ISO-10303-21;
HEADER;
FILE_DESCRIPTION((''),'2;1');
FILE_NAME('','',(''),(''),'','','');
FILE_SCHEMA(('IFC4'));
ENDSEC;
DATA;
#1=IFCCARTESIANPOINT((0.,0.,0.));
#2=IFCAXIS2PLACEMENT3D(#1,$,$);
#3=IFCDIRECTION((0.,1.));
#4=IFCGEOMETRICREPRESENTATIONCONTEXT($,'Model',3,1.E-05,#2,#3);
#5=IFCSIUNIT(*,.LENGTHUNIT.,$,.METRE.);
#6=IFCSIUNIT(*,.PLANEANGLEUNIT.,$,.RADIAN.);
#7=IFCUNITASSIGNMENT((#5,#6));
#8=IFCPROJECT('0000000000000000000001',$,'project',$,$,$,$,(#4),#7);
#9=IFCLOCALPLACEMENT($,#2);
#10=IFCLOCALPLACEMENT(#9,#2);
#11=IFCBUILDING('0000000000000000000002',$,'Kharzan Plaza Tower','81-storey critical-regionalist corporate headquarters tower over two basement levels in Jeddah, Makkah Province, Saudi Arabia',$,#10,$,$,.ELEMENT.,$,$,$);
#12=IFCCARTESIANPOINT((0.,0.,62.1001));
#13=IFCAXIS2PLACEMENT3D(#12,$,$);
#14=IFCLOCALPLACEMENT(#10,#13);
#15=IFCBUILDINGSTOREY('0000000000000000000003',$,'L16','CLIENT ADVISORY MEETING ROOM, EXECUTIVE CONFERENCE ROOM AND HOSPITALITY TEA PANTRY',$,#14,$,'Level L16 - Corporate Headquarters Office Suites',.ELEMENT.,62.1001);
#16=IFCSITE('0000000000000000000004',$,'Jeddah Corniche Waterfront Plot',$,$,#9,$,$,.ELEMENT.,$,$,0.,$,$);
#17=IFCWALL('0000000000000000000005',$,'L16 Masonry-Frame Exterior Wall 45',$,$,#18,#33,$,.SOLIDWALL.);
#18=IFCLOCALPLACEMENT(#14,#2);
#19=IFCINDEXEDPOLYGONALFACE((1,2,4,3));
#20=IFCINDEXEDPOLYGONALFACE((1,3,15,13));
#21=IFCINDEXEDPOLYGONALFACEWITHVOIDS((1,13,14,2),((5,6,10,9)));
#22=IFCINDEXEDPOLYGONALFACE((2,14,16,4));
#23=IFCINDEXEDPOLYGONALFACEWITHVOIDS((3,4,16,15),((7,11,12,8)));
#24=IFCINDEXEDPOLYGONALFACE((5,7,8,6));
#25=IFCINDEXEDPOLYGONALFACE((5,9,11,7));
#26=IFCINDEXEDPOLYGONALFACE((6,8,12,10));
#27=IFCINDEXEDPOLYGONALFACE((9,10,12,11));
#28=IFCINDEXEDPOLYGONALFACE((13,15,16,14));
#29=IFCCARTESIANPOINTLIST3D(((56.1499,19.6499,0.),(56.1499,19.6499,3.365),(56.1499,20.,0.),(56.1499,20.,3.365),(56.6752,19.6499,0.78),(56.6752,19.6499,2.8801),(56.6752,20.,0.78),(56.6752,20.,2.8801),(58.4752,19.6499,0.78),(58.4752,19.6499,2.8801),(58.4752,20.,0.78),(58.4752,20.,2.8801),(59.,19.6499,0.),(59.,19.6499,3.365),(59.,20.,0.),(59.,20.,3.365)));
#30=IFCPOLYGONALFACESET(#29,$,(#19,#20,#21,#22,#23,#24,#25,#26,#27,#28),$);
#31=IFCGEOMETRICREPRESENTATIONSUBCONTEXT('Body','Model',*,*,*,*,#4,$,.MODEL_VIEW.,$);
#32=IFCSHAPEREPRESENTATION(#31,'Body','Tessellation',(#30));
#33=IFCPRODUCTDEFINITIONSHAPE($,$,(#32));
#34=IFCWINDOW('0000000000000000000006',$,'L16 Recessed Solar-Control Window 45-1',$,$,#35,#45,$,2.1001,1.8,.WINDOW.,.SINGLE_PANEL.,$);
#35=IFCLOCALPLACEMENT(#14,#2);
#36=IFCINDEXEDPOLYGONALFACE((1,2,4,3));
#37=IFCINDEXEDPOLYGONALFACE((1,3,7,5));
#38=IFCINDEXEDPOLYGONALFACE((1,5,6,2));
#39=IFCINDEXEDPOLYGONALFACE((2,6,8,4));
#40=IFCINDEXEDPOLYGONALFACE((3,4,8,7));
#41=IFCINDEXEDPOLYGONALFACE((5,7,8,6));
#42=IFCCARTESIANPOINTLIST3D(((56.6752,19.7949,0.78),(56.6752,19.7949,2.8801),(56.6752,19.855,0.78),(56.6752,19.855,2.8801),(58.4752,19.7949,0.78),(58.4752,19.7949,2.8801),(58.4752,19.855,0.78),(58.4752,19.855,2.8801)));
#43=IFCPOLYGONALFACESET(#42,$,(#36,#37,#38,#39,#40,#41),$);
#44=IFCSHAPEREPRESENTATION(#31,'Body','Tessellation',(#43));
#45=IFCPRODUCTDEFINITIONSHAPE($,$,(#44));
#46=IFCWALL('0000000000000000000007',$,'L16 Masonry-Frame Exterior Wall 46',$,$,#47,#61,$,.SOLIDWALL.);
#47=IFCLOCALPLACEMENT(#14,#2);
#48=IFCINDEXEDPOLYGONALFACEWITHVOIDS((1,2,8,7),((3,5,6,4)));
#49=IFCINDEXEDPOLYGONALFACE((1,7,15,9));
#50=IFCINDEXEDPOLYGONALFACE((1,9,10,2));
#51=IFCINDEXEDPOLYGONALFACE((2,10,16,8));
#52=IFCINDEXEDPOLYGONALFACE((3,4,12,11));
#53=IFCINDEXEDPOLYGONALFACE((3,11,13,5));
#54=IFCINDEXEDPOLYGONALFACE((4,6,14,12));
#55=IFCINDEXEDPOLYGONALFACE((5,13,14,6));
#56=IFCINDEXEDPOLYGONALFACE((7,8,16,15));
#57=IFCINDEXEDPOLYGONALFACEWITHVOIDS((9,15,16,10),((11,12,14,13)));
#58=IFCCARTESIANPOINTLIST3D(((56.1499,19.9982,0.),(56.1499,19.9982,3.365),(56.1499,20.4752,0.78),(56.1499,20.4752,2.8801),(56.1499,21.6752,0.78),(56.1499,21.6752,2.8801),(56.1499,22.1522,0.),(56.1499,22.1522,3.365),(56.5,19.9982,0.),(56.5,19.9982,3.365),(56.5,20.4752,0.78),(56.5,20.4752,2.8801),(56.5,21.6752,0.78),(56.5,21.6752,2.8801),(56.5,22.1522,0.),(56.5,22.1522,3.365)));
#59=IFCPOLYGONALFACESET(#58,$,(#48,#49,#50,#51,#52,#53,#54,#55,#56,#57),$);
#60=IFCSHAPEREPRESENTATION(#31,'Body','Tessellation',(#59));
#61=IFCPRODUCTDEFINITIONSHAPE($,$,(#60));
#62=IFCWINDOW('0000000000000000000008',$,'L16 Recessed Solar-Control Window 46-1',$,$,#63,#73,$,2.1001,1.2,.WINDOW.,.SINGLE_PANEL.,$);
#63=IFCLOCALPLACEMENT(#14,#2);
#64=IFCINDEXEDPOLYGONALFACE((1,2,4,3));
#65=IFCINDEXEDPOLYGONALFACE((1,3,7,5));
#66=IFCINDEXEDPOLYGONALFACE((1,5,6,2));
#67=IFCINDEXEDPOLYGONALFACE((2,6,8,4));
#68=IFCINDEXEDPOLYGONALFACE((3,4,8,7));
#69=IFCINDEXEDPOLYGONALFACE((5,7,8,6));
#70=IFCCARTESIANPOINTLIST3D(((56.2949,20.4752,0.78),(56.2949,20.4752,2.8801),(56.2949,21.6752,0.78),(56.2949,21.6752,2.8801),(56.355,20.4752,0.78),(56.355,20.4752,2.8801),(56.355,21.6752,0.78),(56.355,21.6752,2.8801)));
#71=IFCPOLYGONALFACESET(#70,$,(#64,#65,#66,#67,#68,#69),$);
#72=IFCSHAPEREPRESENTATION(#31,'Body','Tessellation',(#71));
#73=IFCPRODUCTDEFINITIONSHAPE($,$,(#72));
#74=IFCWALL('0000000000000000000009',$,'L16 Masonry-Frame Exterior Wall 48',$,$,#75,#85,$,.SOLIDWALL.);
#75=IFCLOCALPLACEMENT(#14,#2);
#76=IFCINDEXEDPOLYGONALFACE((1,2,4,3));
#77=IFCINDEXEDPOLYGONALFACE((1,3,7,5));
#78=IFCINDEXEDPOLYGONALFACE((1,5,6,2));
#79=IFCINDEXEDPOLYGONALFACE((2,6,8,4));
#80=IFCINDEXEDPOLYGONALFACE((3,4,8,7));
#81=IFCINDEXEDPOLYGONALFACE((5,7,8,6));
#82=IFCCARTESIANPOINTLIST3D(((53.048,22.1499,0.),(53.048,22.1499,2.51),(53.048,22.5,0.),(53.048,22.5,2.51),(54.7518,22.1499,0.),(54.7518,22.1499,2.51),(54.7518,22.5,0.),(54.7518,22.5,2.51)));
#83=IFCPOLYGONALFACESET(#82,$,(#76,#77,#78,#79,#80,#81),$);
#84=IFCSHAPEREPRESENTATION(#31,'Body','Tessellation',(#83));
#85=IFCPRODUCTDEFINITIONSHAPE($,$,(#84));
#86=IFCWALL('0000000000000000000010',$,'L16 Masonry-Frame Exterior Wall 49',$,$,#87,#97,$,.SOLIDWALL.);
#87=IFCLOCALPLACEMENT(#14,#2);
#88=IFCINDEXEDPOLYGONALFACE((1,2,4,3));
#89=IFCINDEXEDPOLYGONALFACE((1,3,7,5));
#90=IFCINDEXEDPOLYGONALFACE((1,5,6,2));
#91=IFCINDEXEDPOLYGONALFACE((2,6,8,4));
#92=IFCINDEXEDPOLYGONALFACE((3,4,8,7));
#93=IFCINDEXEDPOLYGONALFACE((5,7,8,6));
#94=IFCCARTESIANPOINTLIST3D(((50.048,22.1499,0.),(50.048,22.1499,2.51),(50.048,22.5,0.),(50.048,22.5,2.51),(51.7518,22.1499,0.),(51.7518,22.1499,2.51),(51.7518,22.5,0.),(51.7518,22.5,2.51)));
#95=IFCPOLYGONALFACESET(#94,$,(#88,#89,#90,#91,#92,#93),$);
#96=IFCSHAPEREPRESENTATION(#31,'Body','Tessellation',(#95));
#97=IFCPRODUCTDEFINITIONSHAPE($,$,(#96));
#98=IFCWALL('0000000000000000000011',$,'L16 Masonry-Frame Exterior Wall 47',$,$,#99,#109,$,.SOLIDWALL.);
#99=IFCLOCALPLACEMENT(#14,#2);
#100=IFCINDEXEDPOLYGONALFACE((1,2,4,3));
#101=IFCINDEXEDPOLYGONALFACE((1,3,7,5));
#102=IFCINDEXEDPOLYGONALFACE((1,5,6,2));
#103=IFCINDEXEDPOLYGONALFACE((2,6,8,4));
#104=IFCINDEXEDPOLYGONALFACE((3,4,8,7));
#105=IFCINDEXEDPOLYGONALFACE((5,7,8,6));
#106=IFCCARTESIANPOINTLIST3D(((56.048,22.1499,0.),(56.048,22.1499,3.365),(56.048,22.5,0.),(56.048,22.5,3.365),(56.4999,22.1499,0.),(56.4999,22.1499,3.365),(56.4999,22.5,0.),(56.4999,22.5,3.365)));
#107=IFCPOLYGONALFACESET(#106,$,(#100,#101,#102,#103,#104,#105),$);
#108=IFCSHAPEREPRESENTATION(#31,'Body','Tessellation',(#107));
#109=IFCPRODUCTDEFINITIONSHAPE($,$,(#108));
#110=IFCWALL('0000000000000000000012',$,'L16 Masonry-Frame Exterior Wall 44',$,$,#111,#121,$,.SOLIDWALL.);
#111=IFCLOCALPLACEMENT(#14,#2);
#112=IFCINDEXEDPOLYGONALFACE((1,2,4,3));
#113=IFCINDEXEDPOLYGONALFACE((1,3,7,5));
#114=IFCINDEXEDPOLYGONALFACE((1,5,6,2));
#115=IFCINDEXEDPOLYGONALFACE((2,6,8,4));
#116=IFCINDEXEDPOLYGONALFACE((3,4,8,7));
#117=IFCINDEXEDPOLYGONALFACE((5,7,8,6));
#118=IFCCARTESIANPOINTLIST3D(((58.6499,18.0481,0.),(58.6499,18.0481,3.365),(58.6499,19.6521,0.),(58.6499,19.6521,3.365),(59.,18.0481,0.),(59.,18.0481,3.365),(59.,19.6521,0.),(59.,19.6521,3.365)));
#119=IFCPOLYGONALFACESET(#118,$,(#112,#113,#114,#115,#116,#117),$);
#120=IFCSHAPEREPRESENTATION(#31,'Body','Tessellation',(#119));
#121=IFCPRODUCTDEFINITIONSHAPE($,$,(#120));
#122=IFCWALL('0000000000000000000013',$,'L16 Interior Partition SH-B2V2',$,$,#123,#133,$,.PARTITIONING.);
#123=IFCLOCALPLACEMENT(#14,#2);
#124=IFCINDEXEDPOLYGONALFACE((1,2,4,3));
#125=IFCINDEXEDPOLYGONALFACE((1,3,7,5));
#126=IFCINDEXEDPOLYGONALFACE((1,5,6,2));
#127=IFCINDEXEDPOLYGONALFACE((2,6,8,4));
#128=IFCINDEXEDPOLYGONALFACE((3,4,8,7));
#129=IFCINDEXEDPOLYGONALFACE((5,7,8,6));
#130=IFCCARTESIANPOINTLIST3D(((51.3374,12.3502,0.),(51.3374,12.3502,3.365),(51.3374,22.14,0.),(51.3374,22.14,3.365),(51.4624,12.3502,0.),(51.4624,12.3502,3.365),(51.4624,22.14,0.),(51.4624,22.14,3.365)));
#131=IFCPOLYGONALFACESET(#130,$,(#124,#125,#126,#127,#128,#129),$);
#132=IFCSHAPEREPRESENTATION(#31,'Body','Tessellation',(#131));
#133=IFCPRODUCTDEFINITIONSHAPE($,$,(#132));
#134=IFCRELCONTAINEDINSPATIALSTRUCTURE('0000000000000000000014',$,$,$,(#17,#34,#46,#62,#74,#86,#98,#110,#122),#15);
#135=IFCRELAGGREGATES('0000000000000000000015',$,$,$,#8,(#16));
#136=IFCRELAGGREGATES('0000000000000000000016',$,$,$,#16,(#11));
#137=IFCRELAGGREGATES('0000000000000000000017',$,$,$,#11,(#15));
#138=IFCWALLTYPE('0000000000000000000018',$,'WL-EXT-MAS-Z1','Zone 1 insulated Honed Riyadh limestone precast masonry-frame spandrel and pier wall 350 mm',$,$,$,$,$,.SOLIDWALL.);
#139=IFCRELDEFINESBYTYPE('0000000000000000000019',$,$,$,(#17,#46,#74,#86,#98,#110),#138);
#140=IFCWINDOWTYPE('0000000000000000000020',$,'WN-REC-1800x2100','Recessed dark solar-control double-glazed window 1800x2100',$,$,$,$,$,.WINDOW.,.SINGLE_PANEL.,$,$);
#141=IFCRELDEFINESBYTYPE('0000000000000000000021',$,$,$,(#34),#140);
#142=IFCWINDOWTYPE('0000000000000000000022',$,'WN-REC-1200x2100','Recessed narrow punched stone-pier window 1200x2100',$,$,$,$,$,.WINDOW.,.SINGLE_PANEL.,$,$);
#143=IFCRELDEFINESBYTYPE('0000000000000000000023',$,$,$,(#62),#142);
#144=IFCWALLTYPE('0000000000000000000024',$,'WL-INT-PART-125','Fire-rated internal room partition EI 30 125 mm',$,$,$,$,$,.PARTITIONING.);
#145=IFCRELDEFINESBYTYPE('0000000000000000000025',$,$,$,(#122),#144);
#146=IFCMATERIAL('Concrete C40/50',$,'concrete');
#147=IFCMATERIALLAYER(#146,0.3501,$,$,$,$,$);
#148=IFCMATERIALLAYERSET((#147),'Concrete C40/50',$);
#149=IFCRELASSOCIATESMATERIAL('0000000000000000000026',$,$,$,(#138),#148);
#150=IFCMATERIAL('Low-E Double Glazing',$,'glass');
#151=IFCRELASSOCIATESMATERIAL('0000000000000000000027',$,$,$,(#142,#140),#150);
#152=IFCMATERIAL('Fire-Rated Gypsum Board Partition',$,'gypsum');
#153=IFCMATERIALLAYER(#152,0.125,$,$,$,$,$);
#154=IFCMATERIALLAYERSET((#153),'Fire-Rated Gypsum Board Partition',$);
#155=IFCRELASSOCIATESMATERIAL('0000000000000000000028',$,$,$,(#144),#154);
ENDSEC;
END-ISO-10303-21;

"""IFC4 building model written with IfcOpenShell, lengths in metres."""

from ifc_helpers import new_model, si_unit, direction, frame, frame_2d, origin, place, context, subcontext, project, spatial, rectangle, extrude, source, transform, mapped, material, layer, layer_set, type_object, element, fill, save


model = new_model("IFC4")

# Units and contexts
model_context = context("Model", 3, precision=1e-05, world=origin(), true_north=direction((0.0, 1.0)))
body_context = subcontext(model_context, "Body", "Model", "MODEL_VIEW")
ifc_project = project(units=[si_unit("LENGTHUNIT", "METRE"), si_unit("PLANEANGLEUNIT", "RADIAN")], contexts=[model_context])

# Site, building, storey
site_placement = place(None, origin())
site = spatial("IfcSite", under=ifc_project, at=site_placement, Name="Jeddah Corniche Waterfront Plot", CompositionType="ELEMENT", RefElevation=0.0)
building_placement = place(site_placement, origin())
building = spatial("IfcBuilding", under=site, at=building_placement, Name="Kharzan Plaza Tower", Description="81-storey critical-regionalist corporate headquarters tower over two basement levels in Jeddah, Makkah Province, Saudi Arabia", CompositionType="ELEMENT")
storey_placement = place(building_placement, frame((0.0, 0.0, 62.1001)))
storey = spatial("IfcBuildingStorey", under=building, at=storey_placement, Name="L16", Description="CLIENT ADVISORY MEETING ROOM, EXECUTIVE CONFERENCE ROOM AND HOSPITALITY TEA PANTRY", LongName="Level L16 - Corporate Headquarters Office Suites", CompositionType="ELEMENT", Elevation=62.1001)

# Walls, openings, windows
ifc_material_1 = material(Name="Concrete C40/50", Category="concrete")
ifc_layer_1 = layer(ifc_material_1, 0.3501)
ifc_layer_set_1 = layer_set([ifc_layer_1], Name="Concrete C40/50")
wall_type_1 = type_object("IfcWallType", Name="WL-EXT-MAS-Z1", Description="Zone 1 insulated Honed Riyadh limestone precast masonry-frame spandrel and pier wall 350 mm", PredefinedType="SOLIDWALL", material=ifc_layer_set_1)
ifc_material_2 = material(Name="Low-E Double Glazing", Category="glass")
window_type_1 = type_object("IfcWindowType", Name="WN-REC-1200x2100", Description="Recessed narrow punched stone-pier window 1200x2100", PartitioningType="SINGLE_PANEL", PredefinedType="WINDOW", material=ifc_material_2)
wall_1_placement = place(storey_placement, frame((59.0, 19.825, 0.0), z_axis=(0.0, 0.0, 1.0), x_axis=(-1.0, 0.0, 0.0)))
wall_1 = element("IfcWall", 1, at=wall_1_placement, inside=storey, type_object=wall_type_1, Name="L16 Masonry-Frame Exterior Wall 45", PredefinedType="SOLIDWALL", context=body_context, shape_type="SweptSolid", body=[
    extrude(rectangle(XDim=2.8501, YDim=0.3501, at=frame_2d((1.425, 0.0))), origin(), (0.0, 0.0, 1.0), 3.365),
])
opening_1_placement = place(wall_1_placement, frame((0.5249, 0.0, 0.78)))
opening_1 = element("IfcOpeningElement", 2, at=opening_1_placement, cuts=wall_1, PredefinedType="OPENING", context=body_context, shape_type="SweptSolid", body=[
    extrude(rectangle(XDim=1.8, YDim=2.1001, at=frame_2d((0.8999, 1.05))), frame((0.0, 0.1851, 0.0), z_axis=(0.0, -1.0, 0.0), x_axis=(1.0, 0.0, 0.0)), (0.0, 0.0, 1.0), 0.3701),
])
window_type_2 = type_object("IfcWindowType", Name="WN-REC-1800x2100", Description="Recessed dark solar-control double-glazed window 1800x2100", PartitioningType="SINGLE_PANEL", PredefinedType="WINDOW", material=ifc_material_2)
shared_shape_1 = source(origin(), body_context, "Body", "SweptSolid", [
    extrude(rectangle(XDim=1.8, YDim=2.1001, at=frame_2d((0.8999, 1.05))), frame((0.0, 0.03, 0.0), z_axis=(0.0, -1.0, 0.0), x_axis=(1.0, 0.0, 0.0)), (0.0, 0.0, 1.0), 0.0601),
])
window_1_placement = place(opening_1_placement, origin())
window_1 = element("IfcWindow", 3, at=window_1_placement, inside=storey, type_object=window_type_2, Name="L16 Recessed Solar-Control Window 45-1", OverallHeight=2.1001, OverallWidth=1.8, PartitioningType="SINGLE_PANEL", PredefinedType="WINDOW", context=body_context, shape_type="MappedRepresentation", body=[
    mapped(shared_shape_1, transform((0.0, 0.0, 0.0), x_axis=(1.0, 0.0, 0.0), y_axis=(0.0, 1.0, 0.0), z_axis=(0.0, 0.0, 1.0))),
])
fill(opening_1, window_1)
wall_2_placement = place(storey_placement, frame((56.325, 19.998, 0.0), z_axis=(0.0, 0.0, 1.0), x_axis=(0.0, 1.0, 0.0)))
wall_2 = element("IfcWall", 4, at=wall_2_placement, inside=storey, type_object=wall_type_1, Name="L16 Masonry-Frame Exterior Wall 46", PredefinedType="SOLIDWALL", context=body_context, shape_type="SweptSolid", body=[
    extrude(rectangle(XDim=2.1541, YDim=0.3501, at=frame_2d((1.0771, 0.0))), origin(), (0.0, 0.0, 1.0), 3.365),
])
opening_2_placement = place(wall_2_placement, frame((0.4771, 0.0, 0.78)))
opening_2 = element("IfcOpeningElement", 5, at=opening_2_placement, cuts=wall_2, PredefinedType="OPENING", context=body_context, shape_type="SweptSolid", body=[
    extrude(rectangle(XDim=1.2, YDim=2.1001, at=frame_2d((0.6001, 1.05))), frame((0.0, 0.1851, 0.0), z_axis=(0.0, -1.0, 0.0), x_axis=(1.0, 0.0, 0.0)), (0.0, 0.0, 1.0), 0.3701),
])
shared_shape_2 = source(origin(), body_context, "Body", "SweptSolid", [
    extrude(rectangle(XDim=1.2, YDim=2.1001, at=frame_2d((0.6001, 1.05))), frame((0.0, 0.03, 0.0), z_axis=(0.0, -1.0, 0.0), x_axis=(1.0, 0.0, 0.0)), (0.0, 0.0, 1.0), 0.0601),
])
window_2_placement = place(opening_2_placement, origin())
window_2 = element("IfcWindow", 6, at=window_2_placement, inside=storey, type_object=window_type_1, Name="L16 Recessed Solar-Control Window 46-1", OverallHeight=2.1001, OverallWidth=1.2, PartitioningType="SINGLE_PANEL", PredefinedType="WINDOW", context=body_context, shape_type="MappedRepresentation", body=[
    mapped(shared_shape_2, transform((0.0, 0.0, 0.0), x_axis=(1.0, 0.0, 0.0), y_axis=(0.0, 1.0, 0.0), z_axis=(0.0, 0.0, 1.0))),
])
fill(opening_2, window_2)

# Shared definitions
ifc_material_3 = material(Name="Fire-Rated Gypsum Board Partition", Category="gypsum")
ifc_layer_2 = layer(ifc_material_3, 0.125)
ifc_layer_set_2 = layer_set([ifc_layer_2], Name="Fire-Rated Gypsum Board Partition")
wall_type_2 = type_object("IfcWallType", Name="WL-INT-PART-125", Description="Fire-rated internal room partition EI 30 125 mm", PredefinedType="PARTITIONING", material=ifc_layer_set_2)

# Walls
shared_shape_3 = source(origin(), body_context, "Body", "SweptSolid", [
    extrude(rectangle(XDim=1.7039, YDim=0.3501, at=frame_2d((0.8521, 0.0))), origin(), (0.0, 0.0, 1.0), 2.51),
])
for number, where, z_axis, x_axis, name in (
    (7, (54.752, 22.325, 0.0), (0.0, 0.0, 1.0), (-1.0, 0.0, 0.0), "L16 Masonry-Frame Exterior Wall 48"),
    (8, (51.752, 22.325, 0.0), (0.0, 0.0, 1.0), (-1.0, 0.0, 0.0), "L16 Masonry-Frame Exterior Wall 49"),
):
    element("IfcWall", number, at=place(storey_placement, frame(where, z_axis=z_axis, x_axis=x_axis)), inside=storey, type_object=wall_type_1, Name=name, PredefinedType="SOLIDWALL", context=body_context, shape_type="MappedRepresentation", body=[
        mapped(shared_shape_3, transform((0.0, 0.0, 0.0), x_axis=(1.0, 0.0, 0.0), y_axis=(0.0, 1.0, 0.0), z_axis=(0.0, 0.0, 1.0))),
    ])
shared_shape_4 = source(origin(), body_context, "Body", "SweptSolid", [
    extrude(rectangle(XDim=0.4519, YDim=0.3501, at=frame_2d((0.2261, 0.0))), origin(), (0.0, 0.0, 1.0), 3.365),
])
wall_3_placement = place(storey_placement, frame((56.5, 22.325, 0.0), z_axis=(0.0, 0.0, 1.0), x_axis=(-1.0, 0.0, 0.0)))
element("IfcWall", 9, at=wall_3_placement, inside=storey, type_object=wall_type_1, Name="L16 Masonry-Frame Exterior Wall 47", PredefinedType="SOLIDWALL", context=body_context, shape_type="MappedRepresentation", body=[
    mapped(shared_shape_4, transform((0.0, 0.0, 0.0), x_axis=(1.0, 0.0, 0.0), y_axis=(0.0, 1.0, 0.0), z_axis=(0.0, 0.0, 1.0))),
])
shared_shape_5 = source(origin(), body_context, "Body", "SweptSolid", [
    extrude(rectangle(XDim=1.604, YDim=0.3501, at=frame_2d((0.802, 0.0))), origin(), (0.0, 0.0, 1.0), 3.365),
])
wall_4_placement = place(storey_placement, frame((58.825, 18.0481, 0.0), z_axis=(0.0, 0.0, 1.0), x_axis=(0.0, 1.0, 0.0)))
element("IfcWall", 10, at=wall_4_placement, inside=storey, type_object=wall_type_1, Name="L16 Masonry-Frame Exterior Wall 44", PredefinedType="SOLIDWALL", context=body_context, shape_type="MappedRepresentation", body=[
    mapped(shared_shape_5, transform((0.0, 0.0, 0.0), x_axis=(1.0, 0.0, 0.0), y_axis=(0.0, 1.0, 0.0), z_axis=(0.0, 0.0, 1.0))),
])
shared_shape_6 = source(origin(), body_context, "Body", "SweptSolid", [
    extrude(rectangle(XDim=9.7898, YDim=0.125, at=frame_2d((4.895, 0.0))), origin(), (0.0, 0.0, 1.0), 3.365),
])
wall_5_placement = place(storey_placement, frame((51.3999, 12.3501, 0.0), z_axis=(0.0, 0.0, 1.0), x_axis=(0.0, 1.0, 0.0)))
element("IfcWall", 11, at=wall_5_placement, inside=storey, type_object=wall_type_2, Name="L16 Interior Partition SH-B2V2", PredefinedType="PARTITIONING", context=body_context, shape_type="MappedRepresentation", body=[
    mapped(shared_shape_6, transform((0.0, 0.0, 0.0), x_axis=(1.0, 0.0, 0.0), y_axis=(0.0, 1.0, 0.0), z_axis=(0.0, 0.0, 1.0))),
])

save(model, "model.ifc")
